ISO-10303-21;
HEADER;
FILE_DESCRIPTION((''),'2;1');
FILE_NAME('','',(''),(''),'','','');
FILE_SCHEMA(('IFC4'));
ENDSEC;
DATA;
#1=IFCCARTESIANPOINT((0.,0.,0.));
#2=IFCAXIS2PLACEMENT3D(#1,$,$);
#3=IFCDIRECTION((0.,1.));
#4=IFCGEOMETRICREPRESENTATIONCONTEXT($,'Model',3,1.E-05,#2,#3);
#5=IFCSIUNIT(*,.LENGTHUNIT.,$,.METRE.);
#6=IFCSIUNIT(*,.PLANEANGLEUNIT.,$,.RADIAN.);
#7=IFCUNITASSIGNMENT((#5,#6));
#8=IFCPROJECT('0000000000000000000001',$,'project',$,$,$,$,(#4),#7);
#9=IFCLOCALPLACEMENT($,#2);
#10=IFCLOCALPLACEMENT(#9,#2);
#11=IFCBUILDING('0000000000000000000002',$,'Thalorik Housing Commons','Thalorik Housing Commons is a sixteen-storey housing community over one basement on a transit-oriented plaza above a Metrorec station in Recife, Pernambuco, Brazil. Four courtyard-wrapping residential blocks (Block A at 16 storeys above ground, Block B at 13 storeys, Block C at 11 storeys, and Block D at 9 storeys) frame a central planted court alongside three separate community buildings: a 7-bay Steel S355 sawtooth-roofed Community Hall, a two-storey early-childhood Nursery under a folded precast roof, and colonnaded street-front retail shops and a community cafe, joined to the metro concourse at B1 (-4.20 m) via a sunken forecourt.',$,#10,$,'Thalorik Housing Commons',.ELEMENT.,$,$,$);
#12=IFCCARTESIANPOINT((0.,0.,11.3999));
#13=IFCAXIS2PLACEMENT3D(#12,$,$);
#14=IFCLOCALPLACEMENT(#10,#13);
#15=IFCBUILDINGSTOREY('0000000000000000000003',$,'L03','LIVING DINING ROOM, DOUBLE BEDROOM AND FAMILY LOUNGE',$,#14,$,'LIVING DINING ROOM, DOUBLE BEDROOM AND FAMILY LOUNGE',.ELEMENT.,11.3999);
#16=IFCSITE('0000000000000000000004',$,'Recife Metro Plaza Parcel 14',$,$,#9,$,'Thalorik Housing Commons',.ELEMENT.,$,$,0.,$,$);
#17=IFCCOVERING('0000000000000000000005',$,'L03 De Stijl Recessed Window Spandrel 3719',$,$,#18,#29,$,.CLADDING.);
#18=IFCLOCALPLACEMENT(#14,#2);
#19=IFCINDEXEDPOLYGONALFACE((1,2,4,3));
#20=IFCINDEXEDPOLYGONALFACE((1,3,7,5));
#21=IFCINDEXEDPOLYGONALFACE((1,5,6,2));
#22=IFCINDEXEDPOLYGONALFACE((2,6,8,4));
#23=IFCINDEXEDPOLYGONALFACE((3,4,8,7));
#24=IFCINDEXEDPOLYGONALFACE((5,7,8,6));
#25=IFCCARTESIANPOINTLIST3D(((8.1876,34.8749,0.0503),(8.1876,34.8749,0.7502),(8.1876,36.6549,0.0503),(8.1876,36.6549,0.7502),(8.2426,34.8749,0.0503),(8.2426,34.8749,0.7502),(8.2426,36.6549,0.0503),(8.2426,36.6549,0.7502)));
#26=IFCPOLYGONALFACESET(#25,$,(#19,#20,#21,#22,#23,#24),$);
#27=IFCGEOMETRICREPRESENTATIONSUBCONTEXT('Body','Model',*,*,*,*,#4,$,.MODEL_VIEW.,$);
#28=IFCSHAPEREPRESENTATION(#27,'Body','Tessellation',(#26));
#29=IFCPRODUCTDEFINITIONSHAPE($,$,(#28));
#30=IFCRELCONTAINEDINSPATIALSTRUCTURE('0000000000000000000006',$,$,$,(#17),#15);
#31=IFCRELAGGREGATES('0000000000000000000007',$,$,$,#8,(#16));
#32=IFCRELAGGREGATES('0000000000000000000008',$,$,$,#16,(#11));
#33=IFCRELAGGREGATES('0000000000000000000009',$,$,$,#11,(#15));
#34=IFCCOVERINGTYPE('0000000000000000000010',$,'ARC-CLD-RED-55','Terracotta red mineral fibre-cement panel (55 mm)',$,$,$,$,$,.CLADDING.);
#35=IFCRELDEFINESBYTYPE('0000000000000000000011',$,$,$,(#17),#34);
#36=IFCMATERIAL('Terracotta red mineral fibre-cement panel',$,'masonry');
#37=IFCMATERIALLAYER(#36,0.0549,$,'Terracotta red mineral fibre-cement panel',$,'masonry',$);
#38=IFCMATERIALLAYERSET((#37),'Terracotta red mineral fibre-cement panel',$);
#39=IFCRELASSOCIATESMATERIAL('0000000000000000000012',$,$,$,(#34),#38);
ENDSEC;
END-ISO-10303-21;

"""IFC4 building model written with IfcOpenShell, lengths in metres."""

from ifc_helpers import new_model, si_unit, direction, frame, origin, origin_2d, place, context, subcontext, project, spatial, rectangle, extrude, material, layer, layer_set, type_object, element, save


model = new_model("IFC4")

# Units and contexts
model_context = context("Model", 3, precision=1e-05, world=origin(), true_north=direction((0.0, 1.0)))
body_context = subcontext(model_context, "Body", "Model", "MODEL_VIEW")
ifc_project = project(units=[si_unit("LENGTHUNIT", "METRE"), si_unit("PLANEANGLEUNIT", "RADIAN")], contexts=[model_context])

# Site, building, storey
site_placement = place(None, origin())
site = spatial("IfcSite", under=ifc_project, at=site_placement, Name="Recife Metro Plaza Parcel 14", LongName="Thalorik Housing Commons", CompositionType="ELEMENT", RefElevation=0.0)
building_placement = place(site_placement, origin())
building = spatial("IfcBuilding", under=site, at=building_placement, Name="Thalorik Housing Commons", Description="Thalorik Housing Commons is a sixteen-storey housing community over one basement on a transit-oriented plaza above a Metrorec station in Recife, Pernambuco, Brazil. Four courtyard-wrapping residential blocks (Block A at 16 storeys above ground, Block B at 13 storeys, Block C at 11 storeys, and Block D at 9 storeys) frame a central planted court alongside three separate community buildings: a 7-bay Steel S355 sawtooth-roofed Community Hall, a two-storey early-childhood Nursery under a folded precast roof, and colonnaded street-front retail shops and a community cafe, joined to the metro concourse at B1 (-4.20 m) via a sunken forecourt.", LongName="Thalorik Housing Commons", CompositionType="ELEMENT")
storey_placement = place(building_placement, frame((0.0, 0.0, 11.3999)))
storey = spatial("IfcBuildingStorey", under=building, at=storey_placement, Name="L03", Description="LIVING DINING ROOM, DOUBLE BEDROOM AND FAMILY LOUNGE", LongName="LIVING DINING ROOM, DOUBLE BEDROOM AND FAMILY LOUNGE", CompositionType="ELEMENT", Elevation=11.3999)

# Covering
ifc_material_1 = material(Name="Terracotta red mineral fibre-cement panel", Category="masonry")
ifc_layer_1 = layer(ifc_material_1, 0.0549, Name="Terracotta red mineral fibre-cement panel", Category="masonry")
ifc_layer_set_1 = layer_set([ifc_layer_1], Name="Terracotta red mineral fibre-cement panel")
covering_type_1 = type_object("IfcCoveringType", Name="ARC-CLD-RED-55", Description="Terracotta red mineral fibre-cement panel (55 mm)", PredefinedType="CLADDING", material=ifc_layer_set_1)
covering_1_placement = place(storey_placement, frame((8.2151, 35.7649, 0.0503), z_axis=(0.0, 0.0, 1.0), x_axis=(0.0, -1.0, 0.0)))
element("IfcCovering", 1, at=covering_1_placement, inside=storey, type_object=covering_type_1, Name="L03 De Stijl Recessed Window Spandrel 3719", PredefinedType="CLADDING", context=body_context, shape_type="SweptSolid", body=[
    extrude(rectangle(XDim=1.78, YDim=0.0549, at=origin_2d()), origin(), (0.0, 0.0, 1.0), 0.7),
])

save(model, "model.ifc")
